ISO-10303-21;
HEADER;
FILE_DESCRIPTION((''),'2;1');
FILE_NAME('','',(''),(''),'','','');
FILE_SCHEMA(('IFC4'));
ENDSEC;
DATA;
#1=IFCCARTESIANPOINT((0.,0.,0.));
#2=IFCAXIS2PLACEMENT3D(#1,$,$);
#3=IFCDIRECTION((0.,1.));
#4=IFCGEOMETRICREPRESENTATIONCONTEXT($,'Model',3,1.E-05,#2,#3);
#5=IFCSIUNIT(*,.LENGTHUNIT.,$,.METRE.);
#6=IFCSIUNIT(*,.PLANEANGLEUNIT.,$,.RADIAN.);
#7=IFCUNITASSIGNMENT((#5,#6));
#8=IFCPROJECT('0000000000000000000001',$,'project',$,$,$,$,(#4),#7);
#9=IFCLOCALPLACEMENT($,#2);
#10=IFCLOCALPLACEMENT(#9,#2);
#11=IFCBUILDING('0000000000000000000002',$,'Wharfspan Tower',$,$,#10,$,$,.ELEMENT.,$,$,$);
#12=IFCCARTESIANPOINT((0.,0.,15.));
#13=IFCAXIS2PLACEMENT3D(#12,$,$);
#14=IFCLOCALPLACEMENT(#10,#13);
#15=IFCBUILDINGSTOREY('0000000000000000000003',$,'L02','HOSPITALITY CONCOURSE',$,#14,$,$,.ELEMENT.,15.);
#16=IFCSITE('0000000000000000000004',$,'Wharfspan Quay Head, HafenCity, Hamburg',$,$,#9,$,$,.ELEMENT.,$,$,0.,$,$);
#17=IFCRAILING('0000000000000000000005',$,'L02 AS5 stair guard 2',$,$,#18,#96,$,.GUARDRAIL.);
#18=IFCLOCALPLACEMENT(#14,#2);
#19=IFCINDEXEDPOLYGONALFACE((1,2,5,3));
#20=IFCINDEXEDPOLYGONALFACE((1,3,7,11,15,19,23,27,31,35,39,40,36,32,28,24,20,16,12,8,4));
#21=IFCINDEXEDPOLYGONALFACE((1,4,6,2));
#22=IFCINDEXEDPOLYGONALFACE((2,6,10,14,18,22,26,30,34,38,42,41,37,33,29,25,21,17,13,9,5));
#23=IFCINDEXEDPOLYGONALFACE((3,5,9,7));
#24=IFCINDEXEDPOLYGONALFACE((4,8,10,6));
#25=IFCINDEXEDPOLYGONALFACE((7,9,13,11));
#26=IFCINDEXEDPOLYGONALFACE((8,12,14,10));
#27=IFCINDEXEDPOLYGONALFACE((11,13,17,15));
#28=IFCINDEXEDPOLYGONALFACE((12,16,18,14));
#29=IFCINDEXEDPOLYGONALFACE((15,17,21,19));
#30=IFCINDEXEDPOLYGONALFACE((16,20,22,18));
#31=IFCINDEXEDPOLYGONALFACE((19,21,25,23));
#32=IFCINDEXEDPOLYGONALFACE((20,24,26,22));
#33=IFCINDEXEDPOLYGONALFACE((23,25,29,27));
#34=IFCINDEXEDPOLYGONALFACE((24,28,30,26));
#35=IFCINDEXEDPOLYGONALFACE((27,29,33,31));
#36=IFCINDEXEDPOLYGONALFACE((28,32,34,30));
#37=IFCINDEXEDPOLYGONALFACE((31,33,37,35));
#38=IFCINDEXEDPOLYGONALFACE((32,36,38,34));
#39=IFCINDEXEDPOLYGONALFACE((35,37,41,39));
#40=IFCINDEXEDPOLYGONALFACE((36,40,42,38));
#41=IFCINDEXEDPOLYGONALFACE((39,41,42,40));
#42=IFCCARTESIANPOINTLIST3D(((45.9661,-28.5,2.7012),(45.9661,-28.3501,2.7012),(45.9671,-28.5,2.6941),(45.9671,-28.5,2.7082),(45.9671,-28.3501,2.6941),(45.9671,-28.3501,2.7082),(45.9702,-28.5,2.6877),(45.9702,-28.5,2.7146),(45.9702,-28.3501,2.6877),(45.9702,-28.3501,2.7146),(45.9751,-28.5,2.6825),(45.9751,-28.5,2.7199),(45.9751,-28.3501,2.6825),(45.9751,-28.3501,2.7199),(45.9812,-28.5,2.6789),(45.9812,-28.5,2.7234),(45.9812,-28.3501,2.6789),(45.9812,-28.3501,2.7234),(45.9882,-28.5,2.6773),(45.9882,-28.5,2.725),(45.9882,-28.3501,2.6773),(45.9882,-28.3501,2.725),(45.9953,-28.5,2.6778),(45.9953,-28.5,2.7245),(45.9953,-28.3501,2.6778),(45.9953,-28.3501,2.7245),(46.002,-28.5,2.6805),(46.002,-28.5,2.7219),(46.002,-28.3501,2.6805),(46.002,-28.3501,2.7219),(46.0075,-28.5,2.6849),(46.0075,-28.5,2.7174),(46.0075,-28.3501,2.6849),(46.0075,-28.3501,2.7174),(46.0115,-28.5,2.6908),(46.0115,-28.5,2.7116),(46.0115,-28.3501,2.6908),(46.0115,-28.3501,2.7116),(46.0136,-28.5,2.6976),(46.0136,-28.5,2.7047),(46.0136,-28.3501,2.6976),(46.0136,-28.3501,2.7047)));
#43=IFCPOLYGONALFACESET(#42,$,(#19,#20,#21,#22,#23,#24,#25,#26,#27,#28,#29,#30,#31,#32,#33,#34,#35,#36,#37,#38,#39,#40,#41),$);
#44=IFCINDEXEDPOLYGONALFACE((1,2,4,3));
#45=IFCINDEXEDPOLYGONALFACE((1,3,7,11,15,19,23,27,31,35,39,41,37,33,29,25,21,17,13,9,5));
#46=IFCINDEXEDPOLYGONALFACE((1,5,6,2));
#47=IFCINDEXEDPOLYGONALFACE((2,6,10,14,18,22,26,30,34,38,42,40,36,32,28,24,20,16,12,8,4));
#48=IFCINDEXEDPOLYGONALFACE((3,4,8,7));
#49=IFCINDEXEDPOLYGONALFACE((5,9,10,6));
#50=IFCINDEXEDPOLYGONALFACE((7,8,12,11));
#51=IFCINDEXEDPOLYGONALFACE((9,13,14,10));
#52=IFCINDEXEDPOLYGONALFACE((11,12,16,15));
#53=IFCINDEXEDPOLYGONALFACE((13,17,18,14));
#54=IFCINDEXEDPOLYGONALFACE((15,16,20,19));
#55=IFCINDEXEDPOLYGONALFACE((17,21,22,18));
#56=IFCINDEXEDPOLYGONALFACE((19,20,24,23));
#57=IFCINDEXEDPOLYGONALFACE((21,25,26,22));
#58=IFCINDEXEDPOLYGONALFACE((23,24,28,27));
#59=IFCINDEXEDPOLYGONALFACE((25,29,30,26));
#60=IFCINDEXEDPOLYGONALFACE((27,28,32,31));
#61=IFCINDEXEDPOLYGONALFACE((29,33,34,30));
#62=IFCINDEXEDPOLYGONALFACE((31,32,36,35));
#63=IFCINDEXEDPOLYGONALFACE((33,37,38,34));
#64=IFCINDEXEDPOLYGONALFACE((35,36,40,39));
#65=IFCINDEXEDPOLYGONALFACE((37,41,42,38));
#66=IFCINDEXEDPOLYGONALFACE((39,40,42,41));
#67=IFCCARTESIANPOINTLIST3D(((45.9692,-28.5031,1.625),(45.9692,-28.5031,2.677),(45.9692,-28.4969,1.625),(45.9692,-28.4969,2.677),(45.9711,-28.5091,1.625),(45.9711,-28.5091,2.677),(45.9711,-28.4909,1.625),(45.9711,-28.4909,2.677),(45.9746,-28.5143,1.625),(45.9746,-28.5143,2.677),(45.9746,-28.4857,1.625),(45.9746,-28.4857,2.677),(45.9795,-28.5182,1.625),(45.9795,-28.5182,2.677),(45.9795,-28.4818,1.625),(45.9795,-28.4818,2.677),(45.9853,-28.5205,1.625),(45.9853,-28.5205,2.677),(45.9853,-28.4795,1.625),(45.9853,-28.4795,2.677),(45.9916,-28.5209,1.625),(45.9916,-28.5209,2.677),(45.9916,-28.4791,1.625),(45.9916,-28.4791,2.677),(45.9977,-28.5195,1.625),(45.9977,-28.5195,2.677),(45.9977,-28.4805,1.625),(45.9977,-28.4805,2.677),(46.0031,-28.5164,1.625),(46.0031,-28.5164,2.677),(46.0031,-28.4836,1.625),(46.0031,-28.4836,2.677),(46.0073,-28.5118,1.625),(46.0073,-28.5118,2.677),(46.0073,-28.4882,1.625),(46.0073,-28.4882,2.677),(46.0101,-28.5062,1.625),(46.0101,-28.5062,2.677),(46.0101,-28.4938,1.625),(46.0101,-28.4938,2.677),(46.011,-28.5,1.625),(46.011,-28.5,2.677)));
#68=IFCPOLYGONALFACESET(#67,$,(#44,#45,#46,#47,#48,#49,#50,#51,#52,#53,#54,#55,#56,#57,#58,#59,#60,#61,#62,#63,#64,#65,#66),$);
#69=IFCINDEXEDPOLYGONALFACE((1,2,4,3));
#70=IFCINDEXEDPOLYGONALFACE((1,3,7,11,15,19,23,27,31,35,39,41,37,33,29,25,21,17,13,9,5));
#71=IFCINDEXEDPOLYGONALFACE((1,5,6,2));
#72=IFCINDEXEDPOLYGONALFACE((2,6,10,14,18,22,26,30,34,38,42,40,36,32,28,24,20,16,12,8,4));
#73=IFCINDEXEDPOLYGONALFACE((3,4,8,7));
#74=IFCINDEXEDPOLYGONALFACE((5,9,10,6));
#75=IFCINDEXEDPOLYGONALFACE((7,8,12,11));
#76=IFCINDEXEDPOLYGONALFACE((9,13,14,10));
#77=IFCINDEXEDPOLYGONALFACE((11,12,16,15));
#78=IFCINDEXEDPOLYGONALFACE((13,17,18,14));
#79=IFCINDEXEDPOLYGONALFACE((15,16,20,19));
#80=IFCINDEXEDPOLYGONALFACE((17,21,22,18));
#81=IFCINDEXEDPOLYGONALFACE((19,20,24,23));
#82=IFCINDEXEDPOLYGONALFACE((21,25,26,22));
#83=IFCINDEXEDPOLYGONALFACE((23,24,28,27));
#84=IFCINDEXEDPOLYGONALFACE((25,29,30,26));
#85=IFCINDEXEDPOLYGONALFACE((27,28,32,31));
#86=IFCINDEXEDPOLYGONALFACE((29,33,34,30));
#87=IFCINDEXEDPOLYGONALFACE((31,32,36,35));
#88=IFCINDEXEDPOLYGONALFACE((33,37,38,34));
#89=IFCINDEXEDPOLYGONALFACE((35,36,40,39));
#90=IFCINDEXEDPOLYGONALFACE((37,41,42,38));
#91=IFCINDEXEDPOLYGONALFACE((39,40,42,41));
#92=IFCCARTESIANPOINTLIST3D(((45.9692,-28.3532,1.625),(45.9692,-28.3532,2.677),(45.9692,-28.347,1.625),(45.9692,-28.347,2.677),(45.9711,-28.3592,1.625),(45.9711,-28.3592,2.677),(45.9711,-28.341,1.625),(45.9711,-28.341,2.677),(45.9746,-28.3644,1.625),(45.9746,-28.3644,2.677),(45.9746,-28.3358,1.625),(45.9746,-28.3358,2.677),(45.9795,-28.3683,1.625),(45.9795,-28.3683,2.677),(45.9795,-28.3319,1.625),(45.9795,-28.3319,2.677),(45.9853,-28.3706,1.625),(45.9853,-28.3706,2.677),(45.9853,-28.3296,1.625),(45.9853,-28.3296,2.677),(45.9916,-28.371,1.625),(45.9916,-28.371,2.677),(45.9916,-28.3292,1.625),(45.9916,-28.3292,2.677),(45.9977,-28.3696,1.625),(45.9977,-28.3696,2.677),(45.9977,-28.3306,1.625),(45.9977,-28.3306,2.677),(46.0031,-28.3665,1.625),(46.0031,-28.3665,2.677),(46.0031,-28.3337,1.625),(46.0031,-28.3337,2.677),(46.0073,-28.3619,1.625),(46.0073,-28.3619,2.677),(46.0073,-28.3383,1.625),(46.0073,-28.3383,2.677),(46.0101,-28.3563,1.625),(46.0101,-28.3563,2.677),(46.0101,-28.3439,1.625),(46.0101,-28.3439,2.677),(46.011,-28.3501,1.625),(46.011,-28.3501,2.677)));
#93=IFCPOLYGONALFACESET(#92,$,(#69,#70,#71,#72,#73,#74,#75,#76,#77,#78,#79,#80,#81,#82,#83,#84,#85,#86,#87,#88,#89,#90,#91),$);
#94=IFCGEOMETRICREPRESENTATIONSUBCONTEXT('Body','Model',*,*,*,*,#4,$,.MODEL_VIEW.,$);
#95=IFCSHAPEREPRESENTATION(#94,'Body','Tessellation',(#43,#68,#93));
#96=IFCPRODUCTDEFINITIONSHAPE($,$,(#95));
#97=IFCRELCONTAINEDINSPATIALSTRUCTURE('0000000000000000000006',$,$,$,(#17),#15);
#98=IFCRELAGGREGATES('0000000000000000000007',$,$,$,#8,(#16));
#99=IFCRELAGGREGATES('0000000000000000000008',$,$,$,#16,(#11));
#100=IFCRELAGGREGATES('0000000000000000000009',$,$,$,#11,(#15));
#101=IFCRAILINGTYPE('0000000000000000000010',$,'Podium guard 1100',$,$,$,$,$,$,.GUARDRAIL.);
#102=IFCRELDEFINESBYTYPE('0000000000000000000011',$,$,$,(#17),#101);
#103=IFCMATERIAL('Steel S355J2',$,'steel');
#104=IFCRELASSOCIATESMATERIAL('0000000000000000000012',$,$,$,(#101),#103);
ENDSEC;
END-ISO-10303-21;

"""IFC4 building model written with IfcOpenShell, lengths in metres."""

from ifc_helpers import new_model, si_unit, direction, frame, origin, origin_2d, place, context, subcontext, project, spatial, circle, extrude, material, type_object, element, save


model = new_model("IFC4")

# Units and contexts
model_context = context("Model", 3, precision=1e-05, world=origin(), true_north=direction((0.0, 1.0)))
body_context = subcontext(model_context, "Body", "Model", "MODEL_VIEW")
ifc_project = project(units=[si_unit("LENGTHUNIT", "METRE"), si_unit("PLANEANGLEUNIT", "RADIAN")], contexts=[model_context])

# Site, building, storey
site_placement = place(None, origin())
site = spatial("IfcSite", under=ifc_project, at=site_placement, Name="Wharfspan Quay Head, HafenCity, Hamburg", CompositionType="ELEMENT", RefElevation=0.0)
building_placement = place(site_placement, origin())
building = spatial("IfcBuilding", under=site, at=building_placement, Name="Wharfspan Tower", CompositionType="ELEMENT")
storey_placement = place(building_placement, frame((0.0, 0.0, 15.0)))
storey = spatial("IfcBuildingStorey", under=building, at=storey_placement, Name="L02", Description="HOSPITALITY CONCOURSE", CompositionType="ELEMENT", Elevation=15.0)

# Railing
ifc_material_1 = material(Name="Steel S355J2", Category="steel")
railing_type_1 = type_object("IfcRailingType", Name="Podium guard 1100", PredefinedType="GUARDRAIL", material=ifc_material_1)
railing_1_placement = place(storey_placement, frame((45.99, -28.5, 1.625)))
element("IfcRailing", 1, at=railing_1_placement, inside=storey, type_object=railing_type_1, Name="L02 AS5 stair guard 2", PredefinedType="GUARDRAIL", context=body_context, shape_type="SweptSolid", body=[
    extrude(circle(Radius=0.0239, at=origin_2d()), frame((0.0, 0.0, 1.0762), z_axis=(0.0, 1.0, 0.0), x_axis=(-1.0, 0.0, 0.0)), (0.0, 0.0, 1.0), 0.1499),
    extrude(circle(Radius=0.021, at=origin_2d()), origin(), (0.0, 0.0, 1.0), 1.052),
    extrude(circle(Radius=0.021, at=origin_2d()), frame((0.0, 0.1499, 0.0)), (0.0, 0.0, 1.0), 1.052),
])

save(model, "model.ifc")
